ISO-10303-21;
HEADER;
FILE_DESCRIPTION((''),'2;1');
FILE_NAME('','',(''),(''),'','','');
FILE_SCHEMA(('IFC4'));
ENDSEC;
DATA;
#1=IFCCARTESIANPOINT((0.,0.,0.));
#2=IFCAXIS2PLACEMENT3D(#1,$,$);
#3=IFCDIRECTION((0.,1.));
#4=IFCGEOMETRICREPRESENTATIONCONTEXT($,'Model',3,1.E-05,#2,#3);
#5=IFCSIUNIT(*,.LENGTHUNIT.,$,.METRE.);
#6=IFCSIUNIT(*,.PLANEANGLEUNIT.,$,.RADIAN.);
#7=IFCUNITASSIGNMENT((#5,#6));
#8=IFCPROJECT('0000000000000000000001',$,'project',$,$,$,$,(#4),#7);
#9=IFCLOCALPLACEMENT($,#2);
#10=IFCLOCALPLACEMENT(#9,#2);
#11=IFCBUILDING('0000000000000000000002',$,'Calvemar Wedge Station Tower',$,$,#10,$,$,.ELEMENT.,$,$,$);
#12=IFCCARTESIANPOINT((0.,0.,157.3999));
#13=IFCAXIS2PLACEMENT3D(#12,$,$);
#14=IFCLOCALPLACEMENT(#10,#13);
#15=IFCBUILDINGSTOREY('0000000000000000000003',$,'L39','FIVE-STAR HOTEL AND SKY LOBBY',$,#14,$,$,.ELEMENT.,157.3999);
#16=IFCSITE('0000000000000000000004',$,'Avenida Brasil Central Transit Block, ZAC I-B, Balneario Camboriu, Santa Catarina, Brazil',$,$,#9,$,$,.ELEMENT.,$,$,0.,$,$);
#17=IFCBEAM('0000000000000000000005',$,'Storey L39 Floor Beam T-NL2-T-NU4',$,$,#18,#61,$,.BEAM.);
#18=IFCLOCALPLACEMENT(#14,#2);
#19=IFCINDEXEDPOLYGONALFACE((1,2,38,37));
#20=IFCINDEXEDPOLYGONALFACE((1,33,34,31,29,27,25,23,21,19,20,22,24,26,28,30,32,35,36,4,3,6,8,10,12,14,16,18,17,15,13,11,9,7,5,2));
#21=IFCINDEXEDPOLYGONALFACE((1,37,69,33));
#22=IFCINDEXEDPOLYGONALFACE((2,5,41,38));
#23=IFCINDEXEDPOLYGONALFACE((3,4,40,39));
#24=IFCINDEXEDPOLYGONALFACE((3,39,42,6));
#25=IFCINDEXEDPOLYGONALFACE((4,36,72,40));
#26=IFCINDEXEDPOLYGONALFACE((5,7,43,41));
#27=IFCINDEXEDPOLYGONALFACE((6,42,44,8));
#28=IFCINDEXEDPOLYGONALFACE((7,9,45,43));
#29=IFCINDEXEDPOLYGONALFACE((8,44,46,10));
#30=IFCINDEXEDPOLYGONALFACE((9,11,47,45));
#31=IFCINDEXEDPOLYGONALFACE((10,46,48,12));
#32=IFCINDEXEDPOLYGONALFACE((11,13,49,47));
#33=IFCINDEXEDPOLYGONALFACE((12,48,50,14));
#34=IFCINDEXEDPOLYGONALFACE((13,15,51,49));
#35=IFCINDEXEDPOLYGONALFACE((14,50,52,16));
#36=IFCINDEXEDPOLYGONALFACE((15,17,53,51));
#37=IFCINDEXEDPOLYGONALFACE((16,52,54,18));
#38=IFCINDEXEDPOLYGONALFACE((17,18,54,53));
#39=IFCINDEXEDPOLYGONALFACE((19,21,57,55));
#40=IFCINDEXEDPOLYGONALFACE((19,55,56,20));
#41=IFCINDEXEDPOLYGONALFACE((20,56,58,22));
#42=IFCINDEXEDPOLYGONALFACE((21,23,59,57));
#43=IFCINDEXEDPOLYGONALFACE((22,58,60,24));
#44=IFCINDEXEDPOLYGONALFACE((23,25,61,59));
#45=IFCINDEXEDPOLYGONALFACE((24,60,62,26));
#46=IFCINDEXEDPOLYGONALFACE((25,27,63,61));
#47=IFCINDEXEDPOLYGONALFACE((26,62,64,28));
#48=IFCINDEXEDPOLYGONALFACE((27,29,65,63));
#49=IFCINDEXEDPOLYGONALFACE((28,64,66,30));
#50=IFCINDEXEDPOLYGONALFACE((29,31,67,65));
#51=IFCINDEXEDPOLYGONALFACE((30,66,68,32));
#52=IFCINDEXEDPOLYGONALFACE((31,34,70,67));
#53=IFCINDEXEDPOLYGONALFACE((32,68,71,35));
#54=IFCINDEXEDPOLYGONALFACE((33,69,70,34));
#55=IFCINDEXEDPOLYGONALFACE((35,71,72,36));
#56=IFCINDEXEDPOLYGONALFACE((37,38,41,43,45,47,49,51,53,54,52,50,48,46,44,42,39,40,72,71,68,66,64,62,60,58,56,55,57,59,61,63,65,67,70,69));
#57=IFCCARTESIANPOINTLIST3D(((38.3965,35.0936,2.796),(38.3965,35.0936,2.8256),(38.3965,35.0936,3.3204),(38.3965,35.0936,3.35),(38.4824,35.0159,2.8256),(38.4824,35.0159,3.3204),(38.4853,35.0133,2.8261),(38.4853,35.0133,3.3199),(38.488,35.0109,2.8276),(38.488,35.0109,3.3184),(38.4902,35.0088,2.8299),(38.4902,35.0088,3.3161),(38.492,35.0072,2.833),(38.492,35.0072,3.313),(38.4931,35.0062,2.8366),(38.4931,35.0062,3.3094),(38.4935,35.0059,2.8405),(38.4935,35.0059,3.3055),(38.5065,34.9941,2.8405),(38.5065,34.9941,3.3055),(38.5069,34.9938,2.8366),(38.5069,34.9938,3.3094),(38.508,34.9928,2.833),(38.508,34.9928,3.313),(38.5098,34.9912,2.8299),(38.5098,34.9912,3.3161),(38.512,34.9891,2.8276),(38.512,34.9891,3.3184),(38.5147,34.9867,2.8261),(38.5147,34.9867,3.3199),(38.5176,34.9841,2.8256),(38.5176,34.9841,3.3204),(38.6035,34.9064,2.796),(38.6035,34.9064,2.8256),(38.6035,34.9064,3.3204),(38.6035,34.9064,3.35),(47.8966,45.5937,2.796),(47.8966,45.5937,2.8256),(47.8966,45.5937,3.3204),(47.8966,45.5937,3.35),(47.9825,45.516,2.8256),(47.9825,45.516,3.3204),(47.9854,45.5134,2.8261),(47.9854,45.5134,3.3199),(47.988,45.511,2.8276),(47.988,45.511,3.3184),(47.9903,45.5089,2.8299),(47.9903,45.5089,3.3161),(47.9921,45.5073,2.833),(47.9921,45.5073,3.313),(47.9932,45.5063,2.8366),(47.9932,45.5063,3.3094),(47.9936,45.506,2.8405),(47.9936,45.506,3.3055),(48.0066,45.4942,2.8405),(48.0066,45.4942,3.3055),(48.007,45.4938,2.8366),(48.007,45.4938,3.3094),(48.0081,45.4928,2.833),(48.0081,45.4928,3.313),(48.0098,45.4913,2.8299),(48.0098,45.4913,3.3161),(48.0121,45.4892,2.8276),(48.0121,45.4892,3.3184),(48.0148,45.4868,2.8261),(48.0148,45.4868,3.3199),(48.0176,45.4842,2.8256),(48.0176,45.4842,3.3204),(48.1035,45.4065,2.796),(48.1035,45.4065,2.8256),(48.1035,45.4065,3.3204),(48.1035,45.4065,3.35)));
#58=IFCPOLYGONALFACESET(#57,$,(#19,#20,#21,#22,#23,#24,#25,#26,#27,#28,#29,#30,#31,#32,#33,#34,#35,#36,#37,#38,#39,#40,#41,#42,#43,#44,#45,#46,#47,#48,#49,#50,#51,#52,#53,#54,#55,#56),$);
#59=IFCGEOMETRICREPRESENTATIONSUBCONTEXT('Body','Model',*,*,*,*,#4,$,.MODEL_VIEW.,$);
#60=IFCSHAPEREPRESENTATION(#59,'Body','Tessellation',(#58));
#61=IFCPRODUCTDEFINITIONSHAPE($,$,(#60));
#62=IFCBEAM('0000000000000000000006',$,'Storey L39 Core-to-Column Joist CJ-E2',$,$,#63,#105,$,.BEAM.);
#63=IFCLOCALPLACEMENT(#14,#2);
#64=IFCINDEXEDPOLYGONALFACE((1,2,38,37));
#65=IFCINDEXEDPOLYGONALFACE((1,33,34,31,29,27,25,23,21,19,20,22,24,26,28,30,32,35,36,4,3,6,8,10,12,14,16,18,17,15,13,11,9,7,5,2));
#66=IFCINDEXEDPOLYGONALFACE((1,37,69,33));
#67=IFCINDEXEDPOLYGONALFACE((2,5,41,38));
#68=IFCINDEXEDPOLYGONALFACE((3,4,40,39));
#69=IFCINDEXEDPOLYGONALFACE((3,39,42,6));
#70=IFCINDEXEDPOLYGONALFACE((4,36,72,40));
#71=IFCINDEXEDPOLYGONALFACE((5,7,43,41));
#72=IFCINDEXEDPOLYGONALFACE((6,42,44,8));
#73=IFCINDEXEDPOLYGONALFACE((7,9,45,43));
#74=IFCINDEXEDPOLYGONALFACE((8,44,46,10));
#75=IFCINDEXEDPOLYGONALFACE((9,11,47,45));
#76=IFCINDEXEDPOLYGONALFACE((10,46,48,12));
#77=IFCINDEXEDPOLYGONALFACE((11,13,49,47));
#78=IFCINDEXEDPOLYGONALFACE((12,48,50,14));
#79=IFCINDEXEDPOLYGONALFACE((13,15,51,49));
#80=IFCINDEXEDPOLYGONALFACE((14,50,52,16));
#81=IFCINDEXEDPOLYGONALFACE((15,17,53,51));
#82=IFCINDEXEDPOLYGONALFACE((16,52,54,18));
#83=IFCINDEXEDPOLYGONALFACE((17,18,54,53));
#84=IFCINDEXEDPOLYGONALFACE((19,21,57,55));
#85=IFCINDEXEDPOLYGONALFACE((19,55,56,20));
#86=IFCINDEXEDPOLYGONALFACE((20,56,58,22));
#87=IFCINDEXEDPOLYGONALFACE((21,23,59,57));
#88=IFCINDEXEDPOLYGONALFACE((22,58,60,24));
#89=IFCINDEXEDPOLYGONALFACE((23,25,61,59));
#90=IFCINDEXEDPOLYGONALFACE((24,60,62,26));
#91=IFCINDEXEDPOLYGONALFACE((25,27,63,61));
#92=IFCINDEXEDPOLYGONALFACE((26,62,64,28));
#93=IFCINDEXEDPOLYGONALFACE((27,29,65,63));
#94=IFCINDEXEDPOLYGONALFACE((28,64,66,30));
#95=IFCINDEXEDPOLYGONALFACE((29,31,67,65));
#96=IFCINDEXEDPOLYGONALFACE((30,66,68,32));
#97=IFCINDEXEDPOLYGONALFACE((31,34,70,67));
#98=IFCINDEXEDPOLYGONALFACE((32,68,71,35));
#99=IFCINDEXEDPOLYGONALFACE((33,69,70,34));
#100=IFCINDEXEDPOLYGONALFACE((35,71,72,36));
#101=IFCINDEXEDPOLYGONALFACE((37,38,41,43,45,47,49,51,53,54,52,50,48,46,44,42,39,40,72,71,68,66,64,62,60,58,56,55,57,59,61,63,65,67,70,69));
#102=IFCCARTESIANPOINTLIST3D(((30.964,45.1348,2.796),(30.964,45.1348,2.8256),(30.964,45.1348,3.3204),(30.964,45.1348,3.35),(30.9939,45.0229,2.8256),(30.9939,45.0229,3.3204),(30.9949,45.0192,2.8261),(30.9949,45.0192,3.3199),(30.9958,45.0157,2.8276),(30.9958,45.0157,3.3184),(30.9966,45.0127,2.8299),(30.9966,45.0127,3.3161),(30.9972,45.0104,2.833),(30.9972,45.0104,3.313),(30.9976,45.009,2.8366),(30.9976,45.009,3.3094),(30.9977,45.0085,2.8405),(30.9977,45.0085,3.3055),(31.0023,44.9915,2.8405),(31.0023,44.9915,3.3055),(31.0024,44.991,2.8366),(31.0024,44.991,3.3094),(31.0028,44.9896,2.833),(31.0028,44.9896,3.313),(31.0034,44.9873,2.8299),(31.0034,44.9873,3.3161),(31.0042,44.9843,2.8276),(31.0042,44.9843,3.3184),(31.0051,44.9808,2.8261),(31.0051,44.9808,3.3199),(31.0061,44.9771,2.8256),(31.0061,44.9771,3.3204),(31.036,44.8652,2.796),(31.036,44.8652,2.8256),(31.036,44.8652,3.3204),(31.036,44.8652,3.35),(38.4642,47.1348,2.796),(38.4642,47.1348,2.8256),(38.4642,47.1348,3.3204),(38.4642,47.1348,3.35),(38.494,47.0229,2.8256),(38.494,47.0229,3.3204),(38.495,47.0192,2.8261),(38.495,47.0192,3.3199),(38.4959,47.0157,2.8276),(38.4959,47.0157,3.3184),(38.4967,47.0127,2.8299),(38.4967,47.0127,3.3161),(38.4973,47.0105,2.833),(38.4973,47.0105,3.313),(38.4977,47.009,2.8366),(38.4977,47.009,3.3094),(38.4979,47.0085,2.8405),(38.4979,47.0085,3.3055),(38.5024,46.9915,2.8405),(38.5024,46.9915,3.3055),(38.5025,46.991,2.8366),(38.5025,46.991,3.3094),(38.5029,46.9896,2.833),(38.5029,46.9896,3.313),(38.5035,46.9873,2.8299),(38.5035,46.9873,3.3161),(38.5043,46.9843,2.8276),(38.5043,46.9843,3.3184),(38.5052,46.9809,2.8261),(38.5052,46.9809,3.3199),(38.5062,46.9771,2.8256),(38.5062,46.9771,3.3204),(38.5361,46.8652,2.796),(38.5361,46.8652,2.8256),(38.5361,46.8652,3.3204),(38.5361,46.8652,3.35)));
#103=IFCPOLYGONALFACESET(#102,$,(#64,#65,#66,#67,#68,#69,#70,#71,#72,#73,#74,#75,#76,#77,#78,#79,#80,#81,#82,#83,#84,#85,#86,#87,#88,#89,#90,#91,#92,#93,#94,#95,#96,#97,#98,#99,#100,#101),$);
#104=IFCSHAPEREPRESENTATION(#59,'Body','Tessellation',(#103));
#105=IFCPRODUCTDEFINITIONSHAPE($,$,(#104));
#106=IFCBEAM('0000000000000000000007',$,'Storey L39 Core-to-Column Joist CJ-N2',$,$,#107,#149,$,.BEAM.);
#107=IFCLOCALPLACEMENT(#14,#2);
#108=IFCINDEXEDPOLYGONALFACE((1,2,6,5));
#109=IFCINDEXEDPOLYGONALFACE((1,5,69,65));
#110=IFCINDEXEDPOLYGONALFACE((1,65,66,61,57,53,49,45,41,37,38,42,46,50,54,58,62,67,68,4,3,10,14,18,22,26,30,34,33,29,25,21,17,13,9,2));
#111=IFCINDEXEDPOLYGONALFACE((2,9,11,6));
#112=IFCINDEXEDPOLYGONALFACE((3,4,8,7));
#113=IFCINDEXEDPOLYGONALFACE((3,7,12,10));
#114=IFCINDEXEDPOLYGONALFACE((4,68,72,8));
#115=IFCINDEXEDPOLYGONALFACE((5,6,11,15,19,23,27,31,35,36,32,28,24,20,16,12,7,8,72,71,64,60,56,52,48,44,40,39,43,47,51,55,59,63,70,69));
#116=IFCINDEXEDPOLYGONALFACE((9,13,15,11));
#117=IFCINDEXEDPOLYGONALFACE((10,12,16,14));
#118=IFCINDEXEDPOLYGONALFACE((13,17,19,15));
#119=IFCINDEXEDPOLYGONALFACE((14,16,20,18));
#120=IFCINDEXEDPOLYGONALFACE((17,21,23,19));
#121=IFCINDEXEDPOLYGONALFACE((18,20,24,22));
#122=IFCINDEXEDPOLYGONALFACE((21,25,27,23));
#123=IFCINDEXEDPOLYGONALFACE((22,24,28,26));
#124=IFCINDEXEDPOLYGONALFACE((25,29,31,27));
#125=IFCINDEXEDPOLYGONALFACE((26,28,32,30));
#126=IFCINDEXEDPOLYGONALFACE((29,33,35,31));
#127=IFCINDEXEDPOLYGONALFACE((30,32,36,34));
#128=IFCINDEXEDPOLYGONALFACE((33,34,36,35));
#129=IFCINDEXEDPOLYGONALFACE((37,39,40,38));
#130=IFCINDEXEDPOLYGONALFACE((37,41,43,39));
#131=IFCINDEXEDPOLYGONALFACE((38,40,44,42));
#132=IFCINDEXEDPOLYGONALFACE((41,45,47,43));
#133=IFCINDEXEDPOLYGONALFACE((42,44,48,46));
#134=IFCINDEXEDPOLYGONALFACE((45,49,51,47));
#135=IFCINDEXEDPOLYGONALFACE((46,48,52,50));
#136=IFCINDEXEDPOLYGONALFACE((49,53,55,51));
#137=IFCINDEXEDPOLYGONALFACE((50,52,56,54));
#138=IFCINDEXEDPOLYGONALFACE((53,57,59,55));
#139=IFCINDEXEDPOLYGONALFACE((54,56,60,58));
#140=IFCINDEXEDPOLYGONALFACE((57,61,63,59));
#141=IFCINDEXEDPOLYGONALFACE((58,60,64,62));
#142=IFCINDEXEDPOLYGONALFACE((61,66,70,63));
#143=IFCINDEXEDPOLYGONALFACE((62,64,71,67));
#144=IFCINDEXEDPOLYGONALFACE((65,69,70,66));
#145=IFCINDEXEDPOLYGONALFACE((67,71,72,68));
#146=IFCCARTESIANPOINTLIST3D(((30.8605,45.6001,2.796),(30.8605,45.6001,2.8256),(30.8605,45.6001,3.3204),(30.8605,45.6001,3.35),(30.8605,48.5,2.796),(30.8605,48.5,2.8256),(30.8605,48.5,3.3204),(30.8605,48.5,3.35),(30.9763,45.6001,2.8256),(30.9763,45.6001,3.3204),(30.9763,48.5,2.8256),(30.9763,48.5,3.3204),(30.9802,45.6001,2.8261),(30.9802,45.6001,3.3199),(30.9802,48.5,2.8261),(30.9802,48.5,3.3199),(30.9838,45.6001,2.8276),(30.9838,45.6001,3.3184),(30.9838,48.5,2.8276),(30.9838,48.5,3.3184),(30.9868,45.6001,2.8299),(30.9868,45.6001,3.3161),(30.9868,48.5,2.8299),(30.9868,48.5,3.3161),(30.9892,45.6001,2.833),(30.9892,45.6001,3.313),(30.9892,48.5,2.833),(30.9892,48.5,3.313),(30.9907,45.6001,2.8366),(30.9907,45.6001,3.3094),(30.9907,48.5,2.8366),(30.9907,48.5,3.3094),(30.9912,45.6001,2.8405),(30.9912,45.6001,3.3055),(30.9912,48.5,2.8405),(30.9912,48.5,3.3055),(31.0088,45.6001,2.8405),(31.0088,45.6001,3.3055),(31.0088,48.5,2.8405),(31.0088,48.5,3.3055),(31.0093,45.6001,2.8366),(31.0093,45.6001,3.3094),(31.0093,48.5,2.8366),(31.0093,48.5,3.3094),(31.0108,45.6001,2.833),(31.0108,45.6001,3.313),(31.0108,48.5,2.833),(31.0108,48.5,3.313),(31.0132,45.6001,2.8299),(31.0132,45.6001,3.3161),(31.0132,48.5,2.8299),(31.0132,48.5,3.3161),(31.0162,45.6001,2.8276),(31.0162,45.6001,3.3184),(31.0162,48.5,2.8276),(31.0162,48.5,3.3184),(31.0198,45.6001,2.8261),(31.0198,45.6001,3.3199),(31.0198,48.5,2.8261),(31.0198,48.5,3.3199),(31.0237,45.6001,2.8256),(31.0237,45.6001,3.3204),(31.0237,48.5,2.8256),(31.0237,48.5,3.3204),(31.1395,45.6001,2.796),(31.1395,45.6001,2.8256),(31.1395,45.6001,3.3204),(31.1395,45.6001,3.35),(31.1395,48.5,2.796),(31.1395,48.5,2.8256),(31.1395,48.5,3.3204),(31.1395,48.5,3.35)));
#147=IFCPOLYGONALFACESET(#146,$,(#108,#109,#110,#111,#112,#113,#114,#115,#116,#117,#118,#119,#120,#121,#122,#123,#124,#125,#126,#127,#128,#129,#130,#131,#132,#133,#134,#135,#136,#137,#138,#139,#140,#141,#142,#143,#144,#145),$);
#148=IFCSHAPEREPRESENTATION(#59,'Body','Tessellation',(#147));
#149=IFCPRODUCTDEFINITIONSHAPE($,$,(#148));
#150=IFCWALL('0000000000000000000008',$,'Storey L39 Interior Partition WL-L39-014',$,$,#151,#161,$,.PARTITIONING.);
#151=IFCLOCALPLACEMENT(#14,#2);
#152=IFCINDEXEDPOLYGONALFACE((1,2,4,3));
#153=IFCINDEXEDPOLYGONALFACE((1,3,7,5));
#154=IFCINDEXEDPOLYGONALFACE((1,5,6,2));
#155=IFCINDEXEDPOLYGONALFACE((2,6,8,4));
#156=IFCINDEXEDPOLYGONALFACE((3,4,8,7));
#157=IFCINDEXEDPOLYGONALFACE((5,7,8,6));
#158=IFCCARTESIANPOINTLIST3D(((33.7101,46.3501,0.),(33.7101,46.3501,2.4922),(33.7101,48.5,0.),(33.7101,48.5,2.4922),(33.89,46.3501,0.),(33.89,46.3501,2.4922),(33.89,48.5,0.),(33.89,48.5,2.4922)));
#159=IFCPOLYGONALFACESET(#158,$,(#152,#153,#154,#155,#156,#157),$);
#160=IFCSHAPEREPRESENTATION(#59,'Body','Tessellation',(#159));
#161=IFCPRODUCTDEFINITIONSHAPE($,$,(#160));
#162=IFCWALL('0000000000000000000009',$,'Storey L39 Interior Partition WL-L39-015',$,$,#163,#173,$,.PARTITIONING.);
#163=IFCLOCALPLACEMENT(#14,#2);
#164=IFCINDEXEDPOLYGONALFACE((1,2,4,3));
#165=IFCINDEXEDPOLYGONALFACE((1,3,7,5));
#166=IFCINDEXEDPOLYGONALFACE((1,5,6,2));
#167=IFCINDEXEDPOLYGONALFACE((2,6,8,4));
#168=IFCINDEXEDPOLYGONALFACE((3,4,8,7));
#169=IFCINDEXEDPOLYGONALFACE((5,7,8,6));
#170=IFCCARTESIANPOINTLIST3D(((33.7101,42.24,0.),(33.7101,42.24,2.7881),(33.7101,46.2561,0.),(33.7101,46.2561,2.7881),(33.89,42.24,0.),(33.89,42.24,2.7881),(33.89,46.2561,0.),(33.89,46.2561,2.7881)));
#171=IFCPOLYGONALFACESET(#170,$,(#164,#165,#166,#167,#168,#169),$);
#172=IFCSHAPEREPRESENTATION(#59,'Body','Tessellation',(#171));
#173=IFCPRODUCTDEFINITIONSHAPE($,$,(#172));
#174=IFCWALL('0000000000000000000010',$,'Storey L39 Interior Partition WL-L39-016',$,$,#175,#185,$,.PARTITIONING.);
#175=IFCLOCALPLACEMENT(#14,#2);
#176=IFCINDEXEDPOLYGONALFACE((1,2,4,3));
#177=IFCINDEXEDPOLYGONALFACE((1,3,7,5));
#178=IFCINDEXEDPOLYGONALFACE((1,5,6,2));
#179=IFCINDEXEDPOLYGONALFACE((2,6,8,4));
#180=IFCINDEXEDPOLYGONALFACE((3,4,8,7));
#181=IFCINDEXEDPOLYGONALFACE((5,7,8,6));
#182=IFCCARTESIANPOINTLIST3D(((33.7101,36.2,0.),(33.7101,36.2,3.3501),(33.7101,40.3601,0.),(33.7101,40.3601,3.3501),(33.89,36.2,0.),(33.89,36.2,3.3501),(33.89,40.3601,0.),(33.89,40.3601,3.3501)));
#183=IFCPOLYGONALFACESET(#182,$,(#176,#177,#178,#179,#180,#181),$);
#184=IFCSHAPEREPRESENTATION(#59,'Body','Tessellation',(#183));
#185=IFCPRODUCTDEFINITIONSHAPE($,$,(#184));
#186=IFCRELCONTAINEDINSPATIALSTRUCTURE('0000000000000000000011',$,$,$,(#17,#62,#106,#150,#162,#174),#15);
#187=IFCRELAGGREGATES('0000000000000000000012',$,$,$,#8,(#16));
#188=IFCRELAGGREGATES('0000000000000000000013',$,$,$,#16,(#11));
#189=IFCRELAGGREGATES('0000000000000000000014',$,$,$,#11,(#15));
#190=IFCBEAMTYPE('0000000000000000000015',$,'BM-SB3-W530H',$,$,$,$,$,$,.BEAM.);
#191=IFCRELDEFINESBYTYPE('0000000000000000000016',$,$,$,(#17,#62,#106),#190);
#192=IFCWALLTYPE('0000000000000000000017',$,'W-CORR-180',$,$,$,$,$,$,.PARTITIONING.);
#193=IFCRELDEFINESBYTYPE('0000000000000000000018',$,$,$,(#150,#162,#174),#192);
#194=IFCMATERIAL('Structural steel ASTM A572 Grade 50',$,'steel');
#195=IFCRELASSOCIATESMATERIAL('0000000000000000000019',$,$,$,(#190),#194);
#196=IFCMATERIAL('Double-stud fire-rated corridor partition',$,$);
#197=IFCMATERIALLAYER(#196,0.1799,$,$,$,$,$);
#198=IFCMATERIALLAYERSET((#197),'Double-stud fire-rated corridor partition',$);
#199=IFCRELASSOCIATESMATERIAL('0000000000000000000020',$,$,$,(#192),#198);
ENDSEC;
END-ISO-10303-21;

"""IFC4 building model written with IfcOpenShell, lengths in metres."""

from ifc_helpers import new_model, si_unit, direction, frame, frame_2d, origin, origin_2d, place, context, subcontext, project, spatial, rectangle, i_section, extrude, source, transform, mapped, material, layer, layer_set, material_profile, profile_set, type_object, element, save


model = new_model("IFC4")

# Units and contexts
model_context = context("Model", 3, precision=1e-05, world=origin(), true_north=direction((0.0, 1.0)))
body_context = subcontext(model_context, "Body", "Model", "MODEL_VIEW")
ifc_project = project(units=[si_unit("LENGTHUNIT", "METRE"), si_unit("PLANEANGLEUNIT", "RADIAN")], contexts=[model_context])

# Site, building, storey
site_placement = place(None, origin())
site = spatial("IfcSite", under=ifc_project, at=site_placement, Name="Avenida Brasil Central Transit Block, ZAC I-B, Balneario Camboriu, Santa Catarina, Brazil", CompositionType="ELEMENT", RefElevation=0.0)
building_placement = place(site_placement, origin())
building = spatial("IfcBuilding", under=site, at=building_placement, Name="Calvemar Wedge Station Tower", CompositionType="ELEMENT")
storey_placement = place(building_placement, frame((0.0, 0.0, 157.3999)))
storey = spatial("IfcBuildingStorey", under=building, at=storey_placement, Name="L39", Description="FIVE-STAR HOTEL AND SKY LOBBY", CompositionType="ELEMENT", Elevation=157.3999)

# Beams
ifc_material_1 = material(Name="Structural steel ASTM A572 Grade 50", Category="steel")
ifc_material_profile_1 = material_profile(ifc_material_1, i_section(OverallWidth=0.2791, OverallDepth=0.554, WebThickness=0.0176, FlangeThickness=0.0295, FilletRadius=0.0149, at=origin_2d()), Name="W530x196")
ifc_profile_set_1 = profile_set([ifc_material_profile_1], Name="Structural steel ASTM A572 Grade 50")
beam_type_1 = type_object("IfcBeamType", Name="BM-SB3-W530H", PredefinedType="BEAM", material=ifc_profile_set_1)
shared_shape_1 = source(origin(), body_context, "Body", "SweptSolid", [
    extrude(i_section(OverallWidth=0.2791, OverallDepth=0.554, WebThickness=0.0176, FlangeThickness=0.0295, FilletRadius=0.0149, at=origin_2d()), origin(), (0.0, 0.0, 1.0), 14.1599),
])
beam_1_placement = place(storey_placement, frame((38.5, 35.0, 3.073), z_axis=(0.670913, 0.741536, 0.0), x_axis=(-0.741536, 0.670913, 0.0)))
element("IfcBeam", 1, at=beam_1_placement, inside=storey, type_object=beam_type_1, Name="Storey L39 Floor Beam T-NL2-T-NU4", PredefinedType="BEAM", context=body_context, shape_type="MappedRepresentation", body=[
    mapped(shared_shape_1, transform((0.0, 0.0, 0.0), scale=1.0)),
])
shared_shape_2 = source(origin(), body_context, "Body", "SweptSolid", [
    extrude(i_section(OverallWidth=0.2791, OverallDepth=0.554, WebThickness=0.0176, FlangeThickness=0.0295, FilletRadius=0.0149, at=origin_2d()), origin(), (0.0, 0.0, 1.0), 7.7622),
])
beam_2_placement = place(storey_placement, frame((31.0, 45.0, 3.073), z_axis=(0.966235, 0.257663, 0.0), x_axis=(-0.257663, 0.966235, 0.0)))
element("IfcBeam", 2, at=beam_2_placement, inside=storey, type_object=beam_type_1, Name="Storey L39 Core-to-Column Joist CJ-E2", PredefinedType="BEAM", context=body_context, shape_type="MappedRepresentation", body=[
    mapped(shared_shape_2, transform((0.0, 0.0, 0.0), scale=1.0)),
])
shared_shape_3 = source(origin(), body_context, "Body", "SweptSolid", [
    extrude(i_section(OverallWidth=0.2791, OverallDepth=0.554, WebThickness=0.0176, FlangeThickness=0.0295, FilletRadius=0.0149, at=origin_2d()), origin(), (0.0, 0.0, 1.0), 2.8999),
])
beam_3_placement = place(storey_placement, frame((31.0, 45.6001, 3.073), z_axis=(0.0, 1.0, 0.0), x_axis=(-1.0, 0.0, 0.0)))
element("IfcBeam", 3, at=beam_3_placement, inside=storey, type_object=beam_type_1, Name="Storey L39 Core-to-Column Joist CJ-N2", PredefinedType="BEAM", context=body_context, shape_type="MappedRepresentation", body=[
    mapped(shared_shape_3, transform((0.0, 0.0, 0.0), scale=1.0)),
])

# Walls
ifc_material_2 = material(Name="Double-stud fire-rated corridor partition")
ifc_layer_1 = layer(ifc_material_2, 0.1799)
ifc_layer_set_1 = layer_set([ifc_layer_1], Name="Double-stud fire-rated corridor partition")
wall_type_1 = type_object("IfcWallType", Name="W-CORR-180", PredefinedType="PARTITIONING", material=ifc_layer_set_1)
wall_1_placement = place(storey_placement, frame((33.8, 48.5, 0.0), z_axis=(0.0, 0.0, 1.0), x_axis=(0.0, -1.0, 0.0)))
element("IfcWall", 4, at=wall_1_placement, inside=storey, type_object=wall_type_1, Name="Storey L39 Interior Partition WL-L39-014", PredefinedType="PARTITIONING", context=body_context, shape_type="SweptSolid", body=[
    extrude(rectangle(XDim=2.1499, YDim=0.1799, at=frame_2d((1.075, 0.0))), origin(), (0.0, 0.0, 1.0), 2.4922),
])
wall_2_placement = place(storey_placement, frame((33.8, 46.2561, 0.0), z_axis=(0.0, 0.0, 1.0), x_axis=(0.0, -1.0, 0.0)))
element("IfcWall", 5, at=wall_2_placement, inside=storey, type_object=wall_type_1, Name="Storey L39 Interior Partition WL-L39-015", PredefinedType="PARTITIONING", context=body_context, shape_type="SweptSolid", body=[
    extrude(rectangle(XDim=4.0161, YDim=0.1799, at=frame_2d((2.0081, 0.0))), origin(), (0.0, 0.0, 1.0), 2.7881),
])
wall_3_placement = place(storey_placement, frame((33.8, 40.3601, 0.0), z_axis=(0.0, 0.0, 1.0), x_axis=(0.0, -1.0, 0.0)))
element("IfcWall", 6, at=wall_3_placement, inside=storey, type_object=wall_type_1, Name="Storey L39 Interior Partition WL-L39-016", PredefinedType="PARTITIONING", context=body_context, shape_type="SweptSolid", body=[
    extrude(rectangle(XDim=4.1602, YDim=0.1799, at=frame_2d((2.0801, 0.0))), origin(), (0.0, 0.0, 1.0), 3.3501),
])

save(model, "model.ifc")
